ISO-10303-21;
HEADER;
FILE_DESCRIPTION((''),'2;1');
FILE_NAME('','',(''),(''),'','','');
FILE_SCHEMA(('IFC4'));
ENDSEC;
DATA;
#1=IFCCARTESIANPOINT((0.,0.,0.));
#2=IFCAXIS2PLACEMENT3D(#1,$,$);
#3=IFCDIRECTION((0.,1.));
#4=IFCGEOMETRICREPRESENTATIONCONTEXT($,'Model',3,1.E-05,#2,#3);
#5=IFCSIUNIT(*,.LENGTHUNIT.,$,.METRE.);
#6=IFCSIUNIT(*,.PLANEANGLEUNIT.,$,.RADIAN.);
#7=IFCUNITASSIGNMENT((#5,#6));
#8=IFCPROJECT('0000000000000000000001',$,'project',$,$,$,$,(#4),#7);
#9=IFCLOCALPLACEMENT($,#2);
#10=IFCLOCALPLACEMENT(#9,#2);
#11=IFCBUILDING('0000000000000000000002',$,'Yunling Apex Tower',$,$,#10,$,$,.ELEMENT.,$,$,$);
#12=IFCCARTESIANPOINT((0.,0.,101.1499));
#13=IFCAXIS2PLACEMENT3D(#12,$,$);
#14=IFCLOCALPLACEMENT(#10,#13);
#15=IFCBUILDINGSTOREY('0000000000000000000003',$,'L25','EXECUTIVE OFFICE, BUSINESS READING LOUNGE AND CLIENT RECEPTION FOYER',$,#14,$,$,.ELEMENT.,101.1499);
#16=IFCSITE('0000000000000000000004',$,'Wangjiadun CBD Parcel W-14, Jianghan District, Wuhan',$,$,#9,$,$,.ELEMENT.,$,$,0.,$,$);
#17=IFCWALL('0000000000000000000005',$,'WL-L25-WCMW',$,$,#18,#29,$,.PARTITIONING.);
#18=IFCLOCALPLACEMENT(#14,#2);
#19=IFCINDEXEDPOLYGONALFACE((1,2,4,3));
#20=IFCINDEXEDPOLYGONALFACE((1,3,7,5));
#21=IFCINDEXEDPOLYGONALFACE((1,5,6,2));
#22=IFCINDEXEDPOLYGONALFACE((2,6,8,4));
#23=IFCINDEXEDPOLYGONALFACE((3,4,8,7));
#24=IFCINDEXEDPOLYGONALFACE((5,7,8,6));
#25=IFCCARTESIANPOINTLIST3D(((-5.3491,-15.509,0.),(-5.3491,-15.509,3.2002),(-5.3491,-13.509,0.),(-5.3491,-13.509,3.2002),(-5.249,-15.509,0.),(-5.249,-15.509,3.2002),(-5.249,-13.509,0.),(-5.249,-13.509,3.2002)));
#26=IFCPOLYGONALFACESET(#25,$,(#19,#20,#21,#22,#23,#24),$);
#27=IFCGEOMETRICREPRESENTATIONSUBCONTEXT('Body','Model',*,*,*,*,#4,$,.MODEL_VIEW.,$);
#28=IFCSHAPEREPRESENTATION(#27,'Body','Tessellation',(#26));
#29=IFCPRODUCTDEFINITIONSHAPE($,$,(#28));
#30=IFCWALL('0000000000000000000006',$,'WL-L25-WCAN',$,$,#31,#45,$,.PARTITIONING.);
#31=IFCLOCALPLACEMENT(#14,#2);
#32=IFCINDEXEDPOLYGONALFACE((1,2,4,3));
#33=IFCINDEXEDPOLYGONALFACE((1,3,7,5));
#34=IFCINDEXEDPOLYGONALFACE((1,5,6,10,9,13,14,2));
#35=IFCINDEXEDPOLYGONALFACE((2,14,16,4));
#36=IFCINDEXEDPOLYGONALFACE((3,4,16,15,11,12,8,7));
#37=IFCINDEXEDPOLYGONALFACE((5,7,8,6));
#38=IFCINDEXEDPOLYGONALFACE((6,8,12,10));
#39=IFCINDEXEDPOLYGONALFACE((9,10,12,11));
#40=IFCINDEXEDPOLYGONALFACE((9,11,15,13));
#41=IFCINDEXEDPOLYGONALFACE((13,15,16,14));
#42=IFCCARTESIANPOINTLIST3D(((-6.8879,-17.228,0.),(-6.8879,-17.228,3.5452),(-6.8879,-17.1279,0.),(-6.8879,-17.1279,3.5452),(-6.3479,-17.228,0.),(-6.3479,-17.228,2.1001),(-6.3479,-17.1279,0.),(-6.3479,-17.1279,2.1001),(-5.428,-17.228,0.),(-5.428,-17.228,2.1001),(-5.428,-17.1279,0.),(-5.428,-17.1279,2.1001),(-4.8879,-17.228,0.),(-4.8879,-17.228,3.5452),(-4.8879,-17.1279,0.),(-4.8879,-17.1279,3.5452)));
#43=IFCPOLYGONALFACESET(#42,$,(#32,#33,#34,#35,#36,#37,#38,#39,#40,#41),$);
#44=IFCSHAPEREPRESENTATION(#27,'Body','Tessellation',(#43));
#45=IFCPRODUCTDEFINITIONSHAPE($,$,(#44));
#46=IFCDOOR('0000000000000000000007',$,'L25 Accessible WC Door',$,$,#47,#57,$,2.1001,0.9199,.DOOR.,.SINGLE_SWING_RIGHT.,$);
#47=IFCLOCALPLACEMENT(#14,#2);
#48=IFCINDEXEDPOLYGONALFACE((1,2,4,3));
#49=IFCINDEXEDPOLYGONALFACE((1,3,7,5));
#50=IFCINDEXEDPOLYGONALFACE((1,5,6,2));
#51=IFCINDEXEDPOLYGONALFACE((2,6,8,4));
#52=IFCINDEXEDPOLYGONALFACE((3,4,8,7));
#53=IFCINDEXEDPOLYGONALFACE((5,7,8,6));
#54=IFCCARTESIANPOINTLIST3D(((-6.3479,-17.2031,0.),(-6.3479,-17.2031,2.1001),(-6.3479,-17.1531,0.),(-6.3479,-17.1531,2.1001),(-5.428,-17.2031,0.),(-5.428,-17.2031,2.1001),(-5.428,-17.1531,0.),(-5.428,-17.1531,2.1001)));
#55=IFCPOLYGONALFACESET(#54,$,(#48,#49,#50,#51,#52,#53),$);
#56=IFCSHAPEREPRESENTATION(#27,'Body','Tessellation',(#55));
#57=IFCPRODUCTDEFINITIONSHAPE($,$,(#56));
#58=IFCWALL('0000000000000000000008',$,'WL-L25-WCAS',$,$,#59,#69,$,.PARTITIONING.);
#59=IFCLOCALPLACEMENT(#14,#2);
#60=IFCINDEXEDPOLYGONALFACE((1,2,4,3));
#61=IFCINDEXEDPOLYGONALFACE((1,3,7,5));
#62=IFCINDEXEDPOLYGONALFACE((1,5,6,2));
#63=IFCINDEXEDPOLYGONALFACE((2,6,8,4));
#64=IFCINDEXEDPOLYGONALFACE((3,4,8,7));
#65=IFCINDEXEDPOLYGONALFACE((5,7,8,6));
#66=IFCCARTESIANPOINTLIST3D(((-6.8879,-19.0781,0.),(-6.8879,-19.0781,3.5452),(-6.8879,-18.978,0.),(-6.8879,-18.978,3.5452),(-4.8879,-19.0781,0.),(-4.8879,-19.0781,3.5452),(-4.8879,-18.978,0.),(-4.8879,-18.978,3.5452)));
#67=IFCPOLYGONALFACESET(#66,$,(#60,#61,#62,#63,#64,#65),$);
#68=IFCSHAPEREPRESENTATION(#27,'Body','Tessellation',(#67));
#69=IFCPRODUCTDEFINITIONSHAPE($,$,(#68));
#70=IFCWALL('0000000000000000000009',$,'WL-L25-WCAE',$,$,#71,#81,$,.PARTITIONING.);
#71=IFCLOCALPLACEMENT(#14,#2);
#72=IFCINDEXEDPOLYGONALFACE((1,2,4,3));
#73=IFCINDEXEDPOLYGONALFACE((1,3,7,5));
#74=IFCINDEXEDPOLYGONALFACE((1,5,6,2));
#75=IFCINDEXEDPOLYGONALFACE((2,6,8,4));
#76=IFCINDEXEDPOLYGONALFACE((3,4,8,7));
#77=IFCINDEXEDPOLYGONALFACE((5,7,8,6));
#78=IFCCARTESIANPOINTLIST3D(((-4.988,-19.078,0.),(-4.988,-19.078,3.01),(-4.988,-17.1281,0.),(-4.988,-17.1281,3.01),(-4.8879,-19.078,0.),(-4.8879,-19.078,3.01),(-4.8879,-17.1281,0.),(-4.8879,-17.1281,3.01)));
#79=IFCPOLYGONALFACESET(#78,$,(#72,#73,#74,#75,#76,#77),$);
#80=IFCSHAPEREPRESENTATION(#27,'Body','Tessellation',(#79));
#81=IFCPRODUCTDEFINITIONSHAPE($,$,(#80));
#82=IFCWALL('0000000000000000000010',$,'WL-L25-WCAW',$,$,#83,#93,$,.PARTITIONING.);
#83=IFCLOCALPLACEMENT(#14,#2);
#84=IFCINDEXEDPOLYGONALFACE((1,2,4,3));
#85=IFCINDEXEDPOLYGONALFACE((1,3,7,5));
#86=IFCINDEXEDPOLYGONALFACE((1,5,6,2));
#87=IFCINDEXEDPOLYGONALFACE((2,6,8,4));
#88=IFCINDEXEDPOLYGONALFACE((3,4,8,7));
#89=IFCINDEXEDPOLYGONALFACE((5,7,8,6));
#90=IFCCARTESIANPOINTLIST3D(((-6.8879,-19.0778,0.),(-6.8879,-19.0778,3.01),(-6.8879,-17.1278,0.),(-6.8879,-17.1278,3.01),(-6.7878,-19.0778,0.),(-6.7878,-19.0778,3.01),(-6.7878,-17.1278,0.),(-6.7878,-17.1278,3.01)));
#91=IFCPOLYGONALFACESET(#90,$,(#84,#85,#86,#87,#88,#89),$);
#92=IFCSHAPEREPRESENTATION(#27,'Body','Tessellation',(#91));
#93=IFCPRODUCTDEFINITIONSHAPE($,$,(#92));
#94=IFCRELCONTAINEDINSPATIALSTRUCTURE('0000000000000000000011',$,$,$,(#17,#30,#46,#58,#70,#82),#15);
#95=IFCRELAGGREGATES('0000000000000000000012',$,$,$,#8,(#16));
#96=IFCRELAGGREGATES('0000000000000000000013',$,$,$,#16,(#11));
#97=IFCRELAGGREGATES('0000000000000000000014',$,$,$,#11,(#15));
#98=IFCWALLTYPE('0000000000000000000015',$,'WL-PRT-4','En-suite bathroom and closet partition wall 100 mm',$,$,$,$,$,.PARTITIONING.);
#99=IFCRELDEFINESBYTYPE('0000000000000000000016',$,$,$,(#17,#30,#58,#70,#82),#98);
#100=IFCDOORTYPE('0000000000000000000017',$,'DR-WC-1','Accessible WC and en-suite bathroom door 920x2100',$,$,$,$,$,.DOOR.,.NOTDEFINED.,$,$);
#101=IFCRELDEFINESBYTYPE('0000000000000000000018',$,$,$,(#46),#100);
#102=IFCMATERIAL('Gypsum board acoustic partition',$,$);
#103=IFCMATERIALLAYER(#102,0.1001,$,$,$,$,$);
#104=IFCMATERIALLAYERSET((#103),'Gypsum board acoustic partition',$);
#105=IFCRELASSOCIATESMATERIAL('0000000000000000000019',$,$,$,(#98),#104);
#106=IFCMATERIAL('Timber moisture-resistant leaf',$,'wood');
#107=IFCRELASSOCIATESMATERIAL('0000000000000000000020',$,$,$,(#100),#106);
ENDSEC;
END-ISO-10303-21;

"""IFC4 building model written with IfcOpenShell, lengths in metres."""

from ifc_helpers import new_model, si_unit, direction, frame, frame_2d, origin, place, context, subcontext, project, spatial, rectangle, extrude, material, layer, layer_set, type_object, element, fill, save


model = new_model("IFC4")

# Units and contexts
model_context = context("Model", 3, precision=1e-05, world=origin(), true_north=direction((0.0, 1.0)))
body_context = subcontext(model_context, "Body", "Model", "MODEL_VIEW")
ifc_project = project(units=[si_unit("LENGTHUNIT", "METRE"), si_unit("PLANEANGLEUNIT", "RADIAN")], contexts=[model_context])

# Site, building, storey
site_placement = place(None, origin())
site = spatial("IfcSite", under=ifc_project, at=site_placement, Name="Wangjiadun CBD Parcel W-14, Jianghan District, Wuhan", CompositionType="ELEMENT", RefElevation=0.0)
building_placement = place(site_placement, origin())
building = spatial("IfcBuilding", under=site, at=building_placement, Name="Yunling Apex Tower", CompositionType="ELEMENT")
storey_placement = place(building_placement, frame((0.0, 0.0, 101.1499)))
storey = spatial("IfcBuildingStorey", under=building, at=storey_placement, Name="L25", Description="EXECUTIVE OFFICE, BUSINESS READING LOUNGE AND CLIENT RECEPTION FOYER", CompositionType="ELEMENT", Elevation=101.1499)

# Shared definitions
ifc_material_1 = material(Name="Gypsum board acoustic partition")
ifc_layer_1 = layer(ifc_material_1, 0.1001)
ifc_layer_set_1 = layer_set([ifc_layer_1], Name="Gypsum board acoustic partition")
wall_type = type_object("IfcWallType", Name="WL-PRT-4", Description="En-suite bathroom and closet partition wall 100 mm", PredefinedType="PARTITIONING", material=ifc_layer_set_1)
ifc_material_2 = material(Name="Timber moisture-resistant leaf", Category="wood")
door_type = type_object("IfcDoorType", Name="DR-WC-1", Description="Accessible WC and en-suite bathroom door 920x2100", OperationType="NOTDEFINED", PredefinedType="DOOR", material=ifc_material_2)

# Wall
wall_1_placement = place(storey_placement, frame((-5.2991, -15.509, 0.0), z_axis=(0.0, 0.0, 1.0), x_axis=(0.0, 1.0, 0.0)))
element("IfcWall", 1, at=wall_1_placement, inside=storey, type_object=wall_type, Name="WL-L25-WCMW", PredefinedType="PARTITIONING", context=body_context, shape_type="SweptSolid", body=[
    extrude(rectangle(XDim=2.0, YDim=0.1001, at=frame_2d((1.0, 0.0))), origin(), (0.0, 0.0, 1.0), 3.2002),
])

# Wall, opening, door
wall_2_placement = place(storey_placement, frame((-6.8879, -17.178, 0.0), z_axis=(0.0, 0.0, 1.0), x_axis=(1.0, 0.0, 0.0)))
wall_2 = element("IfcWall", 2, at=wall_2_placement, inside=storey, type_object=wall_type, Name="WL-L25-WCAN", PredefinedType="PARTITIONING", context=body_context, shape_type="SweptSolid", body=[
    extrude(rectangle(XDim=2.0, YDim=0.1001, at=frame_2d((1.0, 0.0))), origin(), (0.0, 0.0, 1.0), 3.5452),
])
opening_1_placement = place(wall_2_placement, frame((0.54, 0.0, 0.0)))
opening_1 = element("IfcOpeningElement", 3, at=opening_1_placement, cuts=wall_2, PredefinedType="OPENING", context=body_context, shape_type="SweptSolid", body=[
    extrude(rectangle(XDim=0.9199, YDim=2.1001, at=frame_2d((0.46, 1.05))), frame((0.0, 0.0601, 0.0), z_axis=(0.0, -1.0, 0.0), x_axis=(1.0, 0.0, 0.0)), (0.0, 0.0, 1.0), 0.1201),
])
door_1_placement = place(opening_1_placement, origin())
door_1 = element("IfcDoor", 4, at=door_1_placement, inside=storey, type_object=door_type, Name="L25 Accessible WC Door", OperationType="SINGLE_SWING_RIGHT", OverallHeight=2.1001, OverallWidth=0.9199, PredefinedType="DOOR", context=body_context, shape_type="SweptSolid", body=[
    extrude(rectangle(XDim=0.9199, YDim=2.1001, at=frame_2d((0.46, 1.05))), frame((0.0, 0.0249, 0.0), z_axis=(0.0, -1.0, 0.0), x_axis=(1.0, 0.0, 0.0)), (0.0, 0.0, 1.0), 0.05),
])
fill(opening_1, door_1)

# Walls
wall_3_placement = place(storey_placement, frame((-4.8879, -19.0281, 0.0), z_axis=(0.0, 0.0, 1.0), x_axis=(-1.0, 0.0, 0.0)))
element("IfcWall", 5, at=wall_3_placement, inside=storey, type_object=wall_type, Name="WL-L25-WCAS", PredefinedType="PARTITIONING", context=body_context, shape_type="SweptSolid", body=[
    extrude(rectangle(XDim=2.0, YDim=0.1001, at=frame_2d((1.0, 0.0))), origin(), (0.0, 0.0, 1.0), 3.5452),
])
for number, where, z_axis, x_axis, name in (
    (6, (-4.938, -17.1279, 0.0), (0.0, 0.0, 1.0), (0.0, -1.0, 0.0), "WL-L25-WCAE"),
    (7, (-6.8379, -19.0779, 0.0), (0.0, 0.0, 1.0), (0.0, 1.0, 0.0), "WL-L25-WCAW"),
):
    element("IfcWall", number, at=place(storey_placement, frame(where, z_axis=z_axis, x_axis=x_axis)), inside=storey, type_object=wall_type, Name=name, PredefinedType="PARTITIONING", context=body_context, shape_type="SweptSolid", body=[
        extrude(rectangle(XDim=1.95, YDim=0.1001, at=frame_2d((0.9751, 0.0))), origin(), (0.0, 0.0, 1.0), 3.01),
    ])

save(model, "model.ifc")
